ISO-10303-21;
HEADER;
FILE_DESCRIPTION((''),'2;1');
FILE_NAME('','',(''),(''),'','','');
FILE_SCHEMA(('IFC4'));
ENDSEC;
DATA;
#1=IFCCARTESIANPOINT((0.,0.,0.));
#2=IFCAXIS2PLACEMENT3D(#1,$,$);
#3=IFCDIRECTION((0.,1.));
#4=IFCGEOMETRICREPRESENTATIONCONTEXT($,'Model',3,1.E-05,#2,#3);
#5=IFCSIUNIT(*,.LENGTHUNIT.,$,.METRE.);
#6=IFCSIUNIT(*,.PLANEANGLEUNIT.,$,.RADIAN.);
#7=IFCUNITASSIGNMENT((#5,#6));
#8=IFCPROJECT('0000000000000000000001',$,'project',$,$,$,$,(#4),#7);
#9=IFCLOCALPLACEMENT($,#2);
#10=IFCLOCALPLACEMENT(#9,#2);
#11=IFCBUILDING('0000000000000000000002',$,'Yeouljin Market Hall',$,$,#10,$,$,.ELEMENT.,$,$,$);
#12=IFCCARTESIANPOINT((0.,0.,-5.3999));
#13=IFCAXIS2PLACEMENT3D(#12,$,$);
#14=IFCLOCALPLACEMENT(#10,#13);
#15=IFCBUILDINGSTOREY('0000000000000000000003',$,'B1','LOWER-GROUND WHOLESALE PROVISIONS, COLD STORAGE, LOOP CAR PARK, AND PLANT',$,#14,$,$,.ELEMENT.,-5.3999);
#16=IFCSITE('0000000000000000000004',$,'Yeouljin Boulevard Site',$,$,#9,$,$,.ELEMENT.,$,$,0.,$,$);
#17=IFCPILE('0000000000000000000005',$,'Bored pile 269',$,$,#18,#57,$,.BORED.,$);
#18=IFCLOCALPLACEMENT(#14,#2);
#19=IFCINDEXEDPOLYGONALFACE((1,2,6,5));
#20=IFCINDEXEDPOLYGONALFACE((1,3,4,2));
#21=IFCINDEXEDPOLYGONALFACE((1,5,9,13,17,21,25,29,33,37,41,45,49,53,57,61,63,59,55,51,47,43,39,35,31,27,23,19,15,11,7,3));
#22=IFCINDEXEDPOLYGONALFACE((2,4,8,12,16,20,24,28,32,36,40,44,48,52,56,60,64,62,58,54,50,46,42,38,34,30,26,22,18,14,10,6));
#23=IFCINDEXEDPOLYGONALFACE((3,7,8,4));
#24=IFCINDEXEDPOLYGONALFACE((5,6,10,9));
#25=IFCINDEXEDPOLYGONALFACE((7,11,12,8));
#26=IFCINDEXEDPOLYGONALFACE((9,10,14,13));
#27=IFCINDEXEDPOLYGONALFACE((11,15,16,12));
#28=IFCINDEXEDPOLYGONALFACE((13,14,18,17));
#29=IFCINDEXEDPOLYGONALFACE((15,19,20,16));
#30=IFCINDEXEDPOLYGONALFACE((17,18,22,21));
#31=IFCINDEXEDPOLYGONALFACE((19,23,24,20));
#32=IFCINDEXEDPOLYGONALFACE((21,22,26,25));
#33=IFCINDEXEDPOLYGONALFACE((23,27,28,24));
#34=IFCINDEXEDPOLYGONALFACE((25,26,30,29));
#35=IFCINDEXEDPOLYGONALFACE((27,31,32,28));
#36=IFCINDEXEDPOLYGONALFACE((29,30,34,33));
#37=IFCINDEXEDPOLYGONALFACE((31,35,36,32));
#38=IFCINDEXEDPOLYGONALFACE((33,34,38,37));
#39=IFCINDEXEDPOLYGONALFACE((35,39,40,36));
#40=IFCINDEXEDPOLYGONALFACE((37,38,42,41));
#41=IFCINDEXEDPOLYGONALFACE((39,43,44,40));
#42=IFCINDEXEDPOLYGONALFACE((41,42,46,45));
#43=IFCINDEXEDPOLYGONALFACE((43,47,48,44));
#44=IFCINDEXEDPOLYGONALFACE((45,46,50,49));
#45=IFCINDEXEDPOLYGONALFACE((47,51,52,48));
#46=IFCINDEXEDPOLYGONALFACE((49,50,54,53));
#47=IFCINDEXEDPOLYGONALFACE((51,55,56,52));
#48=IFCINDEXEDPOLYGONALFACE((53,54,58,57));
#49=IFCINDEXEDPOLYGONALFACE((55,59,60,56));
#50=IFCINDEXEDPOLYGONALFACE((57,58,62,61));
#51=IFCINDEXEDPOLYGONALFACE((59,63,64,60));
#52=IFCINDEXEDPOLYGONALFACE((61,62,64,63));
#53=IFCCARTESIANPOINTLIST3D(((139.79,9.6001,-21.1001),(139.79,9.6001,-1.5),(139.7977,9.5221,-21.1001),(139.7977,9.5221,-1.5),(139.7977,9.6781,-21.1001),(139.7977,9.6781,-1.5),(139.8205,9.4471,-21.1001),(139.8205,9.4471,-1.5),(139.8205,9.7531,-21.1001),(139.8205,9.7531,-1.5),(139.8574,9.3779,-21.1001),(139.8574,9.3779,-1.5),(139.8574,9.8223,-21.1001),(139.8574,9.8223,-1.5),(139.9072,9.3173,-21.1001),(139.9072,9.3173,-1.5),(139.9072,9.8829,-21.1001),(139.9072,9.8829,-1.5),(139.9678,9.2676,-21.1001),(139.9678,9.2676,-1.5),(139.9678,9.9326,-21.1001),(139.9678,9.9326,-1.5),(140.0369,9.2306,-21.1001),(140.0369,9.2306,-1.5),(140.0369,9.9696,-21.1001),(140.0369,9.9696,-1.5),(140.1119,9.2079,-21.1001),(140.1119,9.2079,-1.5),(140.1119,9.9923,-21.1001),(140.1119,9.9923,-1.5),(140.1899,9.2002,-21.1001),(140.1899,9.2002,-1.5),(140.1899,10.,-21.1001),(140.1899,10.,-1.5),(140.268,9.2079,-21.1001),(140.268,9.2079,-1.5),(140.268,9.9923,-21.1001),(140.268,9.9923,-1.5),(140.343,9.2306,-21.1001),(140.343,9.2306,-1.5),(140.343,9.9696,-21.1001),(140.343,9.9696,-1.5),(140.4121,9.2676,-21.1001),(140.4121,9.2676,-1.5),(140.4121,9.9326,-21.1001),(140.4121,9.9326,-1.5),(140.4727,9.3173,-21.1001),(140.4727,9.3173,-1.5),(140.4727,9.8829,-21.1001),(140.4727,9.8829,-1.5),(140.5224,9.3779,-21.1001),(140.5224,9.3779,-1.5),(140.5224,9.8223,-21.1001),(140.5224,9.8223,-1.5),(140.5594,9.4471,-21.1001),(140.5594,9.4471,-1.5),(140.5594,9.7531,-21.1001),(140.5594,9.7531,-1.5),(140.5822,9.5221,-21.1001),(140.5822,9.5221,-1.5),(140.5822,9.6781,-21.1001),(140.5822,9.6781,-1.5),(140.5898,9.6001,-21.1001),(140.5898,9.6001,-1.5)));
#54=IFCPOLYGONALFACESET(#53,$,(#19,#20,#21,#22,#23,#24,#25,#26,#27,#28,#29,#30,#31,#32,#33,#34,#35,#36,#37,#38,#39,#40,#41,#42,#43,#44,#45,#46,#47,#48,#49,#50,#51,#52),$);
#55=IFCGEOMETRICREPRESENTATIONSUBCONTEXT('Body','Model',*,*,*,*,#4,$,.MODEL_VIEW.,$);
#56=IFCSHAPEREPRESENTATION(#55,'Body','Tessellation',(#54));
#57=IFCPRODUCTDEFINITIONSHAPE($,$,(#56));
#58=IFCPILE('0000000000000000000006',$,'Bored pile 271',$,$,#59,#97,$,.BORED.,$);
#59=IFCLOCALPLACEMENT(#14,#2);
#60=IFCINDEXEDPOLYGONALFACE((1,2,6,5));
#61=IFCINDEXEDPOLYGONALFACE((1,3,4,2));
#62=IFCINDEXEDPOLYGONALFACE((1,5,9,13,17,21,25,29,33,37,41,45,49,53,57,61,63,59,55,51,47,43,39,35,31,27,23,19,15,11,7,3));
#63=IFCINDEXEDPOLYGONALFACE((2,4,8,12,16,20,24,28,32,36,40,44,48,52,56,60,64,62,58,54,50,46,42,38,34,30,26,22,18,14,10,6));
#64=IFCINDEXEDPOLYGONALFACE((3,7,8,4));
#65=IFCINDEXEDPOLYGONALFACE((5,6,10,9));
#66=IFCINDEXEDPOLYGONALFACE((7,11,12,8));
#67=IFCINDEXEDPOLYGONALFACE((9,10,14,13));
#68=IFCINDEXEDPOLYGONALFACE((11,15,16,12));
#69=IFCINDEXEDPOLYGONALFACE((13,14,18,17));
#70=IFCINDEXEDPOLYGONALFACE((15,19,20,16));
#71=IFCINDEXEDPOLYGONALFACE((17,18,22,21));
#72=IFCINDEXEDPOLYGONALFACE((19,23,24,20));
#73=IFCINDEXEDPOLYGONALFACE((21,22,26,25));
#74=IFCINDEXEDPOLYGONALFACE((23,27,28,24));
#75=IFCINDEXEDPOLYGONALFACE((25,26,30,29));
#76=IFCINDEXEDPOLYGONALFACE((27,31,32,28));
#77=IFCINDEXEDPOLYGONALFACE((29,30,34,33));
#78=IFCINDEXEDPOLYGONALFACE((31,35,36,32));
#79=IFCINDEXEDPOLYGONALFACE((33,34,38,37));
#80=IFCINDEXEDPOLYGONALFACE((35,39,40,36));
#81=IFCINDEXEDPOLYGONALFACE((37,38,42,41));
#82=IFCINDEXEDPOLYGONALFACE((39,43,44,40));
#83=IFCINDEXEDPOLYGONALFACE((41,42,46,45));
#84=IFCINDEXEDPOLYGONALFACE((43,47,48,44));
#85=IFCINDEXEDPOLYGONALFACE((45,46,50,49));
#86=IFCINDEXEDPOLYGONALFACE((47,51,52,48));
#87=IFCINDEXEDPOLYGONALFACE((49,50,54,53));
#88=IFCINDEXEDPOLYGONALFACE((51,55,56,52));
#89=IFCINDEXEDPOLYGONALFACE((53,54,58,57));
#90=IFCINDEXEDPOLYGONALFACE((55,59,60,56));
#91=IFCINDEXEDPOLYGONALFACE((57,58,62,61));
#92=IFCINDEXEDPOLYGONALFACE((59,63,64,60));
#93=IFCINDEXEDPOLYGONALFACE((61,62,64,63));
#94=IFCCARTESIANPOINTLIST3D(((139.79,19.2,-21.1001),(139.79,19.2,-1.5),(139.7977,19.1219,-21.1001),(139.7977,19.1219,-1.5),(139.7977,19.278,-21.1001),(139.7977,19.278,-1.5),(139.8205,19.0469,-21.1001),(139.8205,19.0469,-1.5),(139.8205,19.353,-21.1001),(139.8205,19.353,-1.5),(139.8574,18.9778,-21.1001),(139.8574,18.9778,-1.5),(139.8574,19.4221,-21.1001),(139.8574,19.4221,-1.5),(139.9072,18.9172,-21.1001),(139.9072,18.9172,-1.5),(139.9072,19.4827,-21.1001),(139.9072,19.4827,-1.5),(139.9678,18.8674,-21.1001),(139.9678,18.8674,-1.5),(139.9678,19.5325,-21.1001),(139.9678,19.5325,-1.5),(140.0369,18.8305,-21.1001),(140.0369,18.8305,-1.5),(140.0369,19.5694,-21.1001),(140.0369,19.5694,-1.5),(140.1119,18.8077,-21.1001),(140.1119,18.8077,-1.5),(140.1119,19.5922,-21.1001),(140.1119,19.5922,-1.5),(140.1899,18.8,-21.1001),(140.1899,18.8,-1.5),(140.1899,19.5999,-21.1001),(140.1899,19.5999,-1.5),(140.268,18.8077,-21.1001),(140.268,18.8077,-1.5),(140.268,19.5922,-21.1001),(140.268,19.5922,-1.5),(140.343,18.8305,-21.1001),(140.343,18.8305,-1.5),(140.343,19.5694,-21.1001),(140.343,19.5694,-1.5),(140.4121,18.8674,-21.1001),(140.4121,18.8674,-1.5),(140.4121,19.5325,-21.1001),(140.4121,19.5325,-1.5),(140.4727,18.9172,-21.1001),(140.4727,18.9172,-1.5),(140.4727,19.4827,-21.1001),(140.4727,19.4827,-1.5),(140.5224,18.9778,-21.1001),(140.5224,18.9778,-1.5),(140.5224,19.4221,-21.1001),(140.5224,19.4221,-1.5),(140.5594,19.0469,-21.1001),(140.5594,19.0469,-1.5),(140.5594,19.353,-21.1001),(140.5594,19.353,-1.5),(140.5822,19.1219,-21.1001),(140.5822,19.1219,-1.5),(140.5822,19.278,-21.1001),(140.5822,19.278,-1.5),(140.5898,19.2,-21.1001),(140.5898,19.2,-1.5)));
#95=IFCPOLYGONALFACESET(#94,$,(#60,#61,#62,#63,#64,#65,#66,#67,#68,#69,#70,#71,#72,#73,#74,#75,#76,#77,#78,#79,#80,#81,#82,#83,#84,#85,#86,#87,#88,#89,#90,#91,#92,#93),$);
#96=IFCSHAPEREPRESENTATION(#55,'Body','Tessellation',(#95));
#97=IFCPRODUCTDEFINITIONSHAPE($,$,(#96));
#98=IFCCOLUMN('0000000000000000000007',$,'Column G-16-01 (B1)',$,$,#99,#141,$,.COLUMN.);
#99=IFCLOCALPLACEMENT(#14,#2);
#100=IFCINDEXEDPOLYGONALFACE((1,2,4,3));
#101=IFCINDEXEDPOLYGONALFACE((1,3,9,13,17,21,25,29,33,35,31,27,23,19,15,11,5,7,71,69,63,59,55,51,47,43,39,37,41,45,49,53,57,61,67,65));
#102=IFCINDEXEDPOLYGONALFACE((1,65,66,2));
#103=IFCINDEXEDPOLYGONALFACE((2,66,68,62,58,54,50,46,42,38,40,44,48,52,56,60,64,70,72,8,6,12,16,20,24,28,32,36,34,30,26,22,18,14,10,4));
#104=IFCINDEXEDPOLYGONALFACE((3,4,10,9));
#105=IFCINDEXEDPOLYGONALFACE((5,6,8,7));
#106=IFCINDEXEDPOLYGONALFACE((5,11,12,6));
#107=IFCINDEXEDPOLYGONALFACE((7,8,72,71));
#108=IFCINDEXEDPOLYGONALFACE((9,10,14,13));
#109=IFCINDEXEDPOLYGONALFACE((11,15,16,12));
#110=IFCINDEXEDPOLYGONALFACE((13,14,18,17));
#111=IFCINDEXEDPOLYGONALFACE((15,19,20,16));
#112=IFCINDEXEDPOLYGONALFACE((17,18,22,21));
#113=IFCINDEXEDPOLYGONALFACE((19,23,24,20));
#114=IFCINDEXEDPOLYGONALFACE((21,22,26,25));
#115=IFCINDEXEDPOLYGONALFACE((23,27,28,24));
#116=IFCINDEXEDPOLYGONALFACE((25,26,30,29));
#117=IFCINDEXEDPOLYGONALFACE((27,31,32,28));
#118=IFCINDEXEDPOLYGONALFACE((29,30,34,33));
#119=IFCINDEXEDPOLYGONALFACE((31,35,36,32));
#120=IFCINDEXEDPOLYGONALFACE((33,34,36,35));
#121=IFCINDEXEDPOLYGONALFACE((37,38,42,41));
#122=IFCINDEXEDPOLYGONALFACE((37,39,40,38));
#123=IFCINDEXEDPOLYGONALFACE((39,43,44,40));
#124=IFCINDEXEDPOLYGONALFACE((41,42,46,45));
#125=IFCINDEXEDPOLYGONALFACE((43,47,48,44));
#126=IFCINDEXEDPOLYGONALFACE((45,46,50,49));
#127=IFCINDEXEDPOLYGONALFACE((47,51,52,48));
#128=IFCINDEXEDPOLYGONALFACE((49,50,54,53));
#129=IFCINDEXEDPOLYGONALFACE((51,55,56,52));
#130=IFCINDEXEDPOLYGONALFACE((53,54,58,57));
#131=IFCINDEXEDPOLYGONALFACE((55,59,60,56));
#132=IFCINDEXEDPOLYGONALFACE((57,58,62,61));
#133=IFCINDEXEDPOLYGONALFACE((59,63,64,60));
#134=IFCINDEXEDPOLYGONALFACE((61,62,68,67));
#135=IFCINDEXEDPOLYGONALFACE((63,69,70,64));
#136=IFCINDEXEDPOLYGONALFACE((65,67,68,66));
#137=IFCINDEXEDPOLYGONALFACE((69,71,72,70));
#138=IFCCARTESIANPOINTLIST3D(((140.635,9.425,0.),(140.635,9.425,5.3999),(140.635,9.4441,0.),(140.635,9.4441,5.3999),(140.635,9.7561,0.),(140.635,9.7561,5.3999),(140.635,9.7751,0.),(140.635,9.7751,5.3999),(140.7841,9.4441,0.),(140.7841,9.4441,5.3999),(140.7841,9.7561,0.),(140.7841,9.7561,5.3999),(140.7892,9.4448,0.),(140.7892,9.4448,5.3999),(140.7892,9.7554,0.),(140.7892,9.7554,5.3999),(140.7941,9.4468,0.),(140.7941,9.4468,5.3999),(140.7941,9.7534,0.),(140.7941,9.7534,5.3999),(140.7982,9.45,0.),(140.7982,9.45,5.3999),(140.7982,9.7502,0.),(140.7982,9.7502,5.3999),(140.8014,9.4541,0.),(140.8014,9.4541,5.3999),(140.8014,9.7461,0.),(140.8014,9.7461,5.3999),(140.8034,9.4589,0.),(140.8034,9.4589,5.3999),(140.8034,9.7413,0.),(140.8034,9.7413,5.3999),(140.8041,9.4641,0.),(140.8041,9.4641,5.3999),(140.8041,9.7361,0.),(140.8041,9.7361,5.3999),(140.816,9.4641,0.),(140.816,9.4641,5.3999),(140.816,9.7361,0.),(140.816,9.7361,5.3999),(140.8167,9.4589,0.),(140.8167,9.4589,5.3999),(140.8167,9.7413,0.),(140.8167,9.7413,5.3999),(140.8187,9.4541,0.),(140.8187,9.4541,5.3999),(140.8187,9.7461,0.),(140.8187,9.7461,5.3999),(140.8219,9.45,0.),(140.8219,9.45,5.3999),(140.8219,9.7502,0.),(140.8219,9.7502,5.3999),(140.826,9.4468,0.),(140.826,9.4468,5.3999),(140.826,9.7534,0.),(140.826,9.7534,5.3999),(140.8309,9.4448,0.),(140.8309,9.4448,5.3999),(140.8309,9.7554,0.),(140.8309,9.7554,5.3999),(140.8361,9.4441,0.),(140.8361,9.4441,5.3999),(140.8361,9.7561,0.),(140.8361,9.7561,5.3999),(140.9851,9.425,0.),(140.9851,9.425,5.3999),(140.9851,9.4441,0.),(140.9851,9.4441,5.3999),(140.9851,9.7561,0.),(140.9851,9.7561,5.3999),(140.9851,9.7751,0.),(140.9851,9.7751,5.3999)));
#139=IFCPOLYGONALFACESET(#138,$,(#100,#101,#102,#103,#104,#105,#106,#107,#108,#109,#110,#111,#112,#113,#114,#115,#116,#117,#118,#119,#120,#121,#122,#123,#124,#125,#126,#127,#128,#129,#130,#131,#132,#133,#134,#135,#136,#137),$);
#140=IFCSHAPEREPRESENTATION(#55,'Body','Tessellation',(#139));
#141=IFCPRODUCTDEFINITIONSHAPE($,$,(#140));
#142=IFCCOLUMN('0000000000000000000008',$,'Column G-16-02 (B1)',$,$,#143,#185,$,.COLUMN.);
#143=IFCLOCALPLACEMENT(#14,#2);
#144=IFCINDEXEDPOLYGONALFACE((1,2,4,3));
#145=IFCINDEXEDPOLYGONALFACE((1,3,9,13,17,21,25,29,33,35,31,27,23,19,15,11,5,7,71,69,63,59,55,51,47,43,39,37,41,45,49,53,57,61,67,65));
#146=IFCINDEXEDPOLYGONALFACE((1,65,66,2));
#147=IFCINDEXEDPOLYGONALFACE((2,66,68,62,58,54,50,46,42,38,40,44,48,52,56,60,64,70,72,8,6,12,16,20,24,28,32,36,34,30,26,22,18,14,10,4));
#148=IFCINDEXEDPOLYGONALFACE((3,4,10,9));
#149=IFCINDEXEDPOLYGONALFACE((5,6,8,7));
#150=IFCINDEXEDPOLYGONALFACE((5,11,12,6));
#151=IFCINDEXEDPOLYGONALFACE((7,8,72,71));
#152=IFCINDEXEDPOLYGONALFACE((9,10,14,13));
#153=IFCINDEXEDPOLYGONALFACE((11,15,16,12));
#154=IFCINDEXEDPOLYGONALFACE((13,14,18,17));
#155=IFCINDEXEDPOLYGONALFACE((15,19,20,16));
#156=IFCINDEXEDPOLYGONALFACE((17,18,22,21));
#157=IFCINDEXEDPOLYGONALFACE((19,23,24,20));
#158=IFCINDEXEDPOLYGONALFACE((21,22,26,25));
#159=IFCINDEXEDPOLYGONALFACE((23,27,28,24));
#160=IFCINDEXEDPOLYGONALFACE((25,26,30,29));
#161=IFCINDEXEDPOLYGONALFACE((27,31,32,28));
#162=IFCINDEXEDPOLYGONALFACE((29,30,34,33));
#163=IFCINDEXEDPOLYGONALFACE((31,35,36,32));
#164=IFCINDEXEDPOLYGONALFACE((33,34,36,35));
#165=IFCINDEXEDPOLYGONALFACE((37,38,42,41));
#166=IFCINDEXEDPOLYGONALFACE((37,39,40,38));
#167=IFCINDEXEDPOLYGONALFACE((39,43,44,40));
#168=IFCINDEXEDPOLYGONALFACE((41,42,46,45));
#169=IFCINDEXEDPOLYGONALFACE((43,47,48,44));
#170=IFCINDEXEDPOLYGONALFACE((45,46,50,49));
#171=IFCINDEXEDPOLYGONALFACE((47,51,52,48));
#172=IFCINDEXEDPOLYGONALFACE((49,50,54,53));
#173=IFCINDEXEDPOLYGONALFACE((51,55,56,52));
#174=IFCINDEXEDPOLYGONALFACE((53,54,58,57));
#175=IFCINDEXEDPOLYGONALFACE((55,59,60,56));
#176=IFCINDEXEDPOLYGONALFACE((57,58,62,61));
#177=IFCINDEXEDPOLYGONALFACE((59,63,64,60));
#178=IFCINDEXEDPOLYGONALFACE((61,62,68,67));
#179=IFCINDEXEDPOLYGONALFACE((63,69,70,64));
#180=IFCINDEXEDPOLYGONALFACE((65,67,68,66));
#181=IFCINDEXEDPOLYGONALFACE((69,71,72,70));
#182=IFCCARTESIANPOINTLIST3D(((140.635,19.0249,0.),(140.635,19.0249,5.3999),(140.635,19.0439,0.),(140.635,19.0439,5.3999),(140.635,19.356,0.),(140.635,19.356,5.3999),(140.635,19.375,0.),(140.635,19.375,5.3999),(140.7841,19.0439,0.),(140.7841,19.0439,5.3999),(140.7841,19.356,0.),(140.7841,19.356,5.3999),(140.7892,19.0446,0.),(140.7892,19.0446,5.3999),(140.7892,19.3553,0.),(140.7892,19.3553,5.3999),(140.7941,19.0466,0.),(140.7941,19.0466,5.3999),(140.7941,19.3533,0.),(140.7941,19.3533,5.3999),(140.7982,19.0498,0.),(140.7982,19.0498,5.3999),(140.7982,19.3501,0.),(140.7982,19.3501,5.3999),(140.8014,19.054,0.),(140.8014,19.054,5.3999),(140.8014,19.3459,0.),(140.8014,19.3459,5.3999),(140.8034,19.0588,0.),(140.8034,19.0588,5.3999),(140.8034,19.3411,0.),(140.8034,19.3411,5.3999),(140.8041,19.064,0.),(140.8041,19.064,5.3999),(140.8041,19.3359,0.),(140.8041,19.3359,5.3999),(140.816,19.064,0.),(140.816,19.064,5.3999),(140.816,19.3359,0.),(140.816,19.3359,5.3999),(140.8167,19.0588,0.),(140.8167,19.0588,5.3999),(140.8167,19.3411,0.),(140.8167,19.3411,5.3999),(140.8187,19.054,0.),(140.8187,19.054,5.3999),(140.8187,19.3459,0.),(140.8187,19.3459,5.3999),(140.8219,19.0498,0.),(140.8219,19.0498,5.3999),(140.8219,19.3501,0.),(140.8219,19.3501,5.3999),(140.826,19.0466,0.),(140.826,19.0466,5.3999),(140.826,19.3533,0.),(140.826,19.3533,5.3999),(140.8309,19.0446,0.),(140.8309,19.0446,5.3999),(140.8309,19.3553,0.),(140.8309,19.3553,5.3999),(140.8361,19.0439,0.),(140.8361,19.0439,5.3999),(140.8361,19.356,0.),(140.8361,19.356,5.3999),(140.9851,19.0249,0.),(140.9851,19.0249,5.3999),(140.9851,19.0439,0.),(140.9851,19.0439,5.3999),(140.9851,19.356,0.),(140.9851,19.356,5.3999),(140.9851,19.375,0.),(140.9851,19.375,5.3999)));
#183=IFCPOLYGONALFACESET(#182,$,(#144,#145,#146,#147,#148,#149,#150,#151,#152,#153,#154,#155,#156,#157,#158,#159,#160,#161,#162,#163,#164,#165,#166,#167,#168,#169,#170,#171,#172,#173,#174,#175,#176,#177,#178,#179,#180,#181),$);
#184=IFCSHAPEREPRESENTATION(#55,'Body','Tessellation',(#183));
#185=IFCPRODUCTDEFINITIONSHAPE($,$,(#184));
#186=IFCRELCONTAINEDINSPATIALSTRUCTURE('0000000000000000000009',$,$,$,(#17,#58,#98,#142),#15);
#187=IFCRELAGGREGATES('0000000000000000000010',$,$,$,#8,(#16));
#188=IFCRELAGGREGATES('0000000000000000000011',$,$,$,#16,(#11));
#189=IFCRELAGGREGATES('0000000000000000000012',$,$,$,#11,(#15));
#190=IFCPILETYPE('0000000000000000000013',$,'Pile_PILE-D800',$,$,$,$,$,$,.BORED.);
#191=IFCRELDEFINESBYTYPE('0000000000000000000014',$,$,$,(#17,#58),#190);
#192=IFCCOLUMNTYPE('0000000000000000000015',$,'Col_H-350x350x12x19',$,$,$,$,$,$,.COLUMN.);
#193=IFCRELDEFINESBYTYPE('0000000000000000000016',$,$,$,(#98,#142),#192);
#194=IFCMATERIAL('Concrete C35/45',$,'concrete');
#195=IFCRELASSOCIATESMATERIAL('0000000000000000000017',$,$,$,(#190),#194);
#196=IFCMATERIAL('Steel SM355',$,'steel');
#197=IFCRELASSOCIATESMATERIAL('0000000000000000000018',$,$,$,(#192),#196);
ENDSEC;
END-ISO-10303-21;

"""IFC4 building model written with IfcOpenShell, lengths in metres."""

from ifc_helpers import new_model, si_unit, direction, frame, origin, origin_2d, place, context, subcontext, project, spatial, circle, i_section, extrude, material, material_profile, profile_set, type_object, element, save


model = new_model("IFC4")

# Units and contexts
model_context = context("Model", 3, precision=1e-05, world=origin(), true_north=direction((0.0, 1.0)))
body_context = subcontext(model_context, "Body", "Model", "MODEL_VIEW")
ifc_project = project(units=[si_unit("LENGTHUNIT", "METRE"), si_unit("PLANEANGLEUNIT", "RADIAN")], contexts=[model_context])

# Site, building, storey
site_placement = place(None, origin())
site = spatial("IfcSite", under=ifc_project, at=site_placement, Name="Yeouljin Boulevard Site", CompositionType="ELEMENT", RefElevation=0.0)
building_placement = place(site_placement, origin())
building = spatial("IfcBuilding", under=site, at=building_placement, Name="Yeouljin Market Hall", CompositionType="ELEMENT")
storey_placement = place(building_placement, frame((0.0, 0.0, -5.3999)))
storey = spatial("IfcBuildingStorey", under=building, at=storey_placement, Name="B1", Description="LOWER-GROUND WHOLESALE PROVISIONS, COLD STORAGE, LOOP CAR PARK, AND PLANT", CompositionType="ELEMENT", Elevation=-5.3999)

# Piles
ifc_material_1 = material(Name="Concrete C35/45", Category="concrete")
ifc_material_profile_1 = material_profile(ifc_material_1, circle(Radius=0.3999, at=origin_2d()), Name="PILE-D800")
ifc_profile_set_1 = profile_set([ifc_material_profile_1], Name="Concrete C35/45")
pile_type = type_object("IfcPileType", Name="Pile_PILE-D800", PredefinedType="BORED", material=ifc_profile_set_1)
for number, where, z_axis, x_axis, name in (
    (1, (140.1899, 9.6001, -1.5), (0.0, 0.0, -1.0), (1.0, 0.0, 0.0), "Bored pile 269"),
    (2, (140.1899, 19.2, -1.5), (0.0, 0.0, -1.0), (1.0, 0.0, 0.0), "Bored pile 271"),
):
    element("IfcPile", number, at=place(storey_placement, frame(where, z_axis=z_axis, x_axis=x_axis)), inside=storey, type_object=pile_type, Name=name, PredefinedType="BORED", context=body_context, shape_type="SweptSolid", body=[
        extrude(circle(Radius=0.3999, at=origin_2d()), origin(), (0.0, 0.0, 1.0), 19.6001),
    ])

# Columns
ifc_material_2 = material(Name="Steel SM355", Category="steel")
ifc_material_profile_2 = material_profile(ifc_material_2, i_section(OverallWidth=0.3501, OverallDepth=0.3501, WebThickness=0.012, FlangeThickness=0.019, FilletRadius=0.02, at=origin_2d()), Name="H-350x350x12x19")
ifc_profile_set_2 = profile_set([ifc_material_profile_2], Name="Steel SM355")
column_type_1 = type_object("IfcColumnType", Name="Col_H-350x350x12x19", PredefinedType="COLUMN", material=ifc_profile_set_2)
for number, where, z_axis, x_axis, name in (
    (3, (140.8101, 9.6001, 0.0), (0.0, 0.0, 1.0), (1.0, 0.0, 0.0), "Column G-16-01 (B1)"),
    (4, (140.8101, 19.2, 0.0), (0.0, 0.0, 1.0), (1.0, 0.0, 0.0), "Column G-16-02 (B1)"),
):
    element("IfcColumn", number, at=place(storey_placement, frame(where, z_axis=z_axis, x_axis=x_axis)), inside=storey, type_object=column_type_1, Name=name, PredefinedType="COLUMN", context=body_context, shape_type="SweptSolid", body=[
        extrude(i_section(OverallWidth=0.3501, OverallDepth=0.3501, WebThickness=0.012, FlangeThickness=0.019, FilletRadius=0.02, at=origin_2d()), origin(), (0.0, 0.0, 1.0), 5.3999),
    ])

save(model, "model.ifc")
